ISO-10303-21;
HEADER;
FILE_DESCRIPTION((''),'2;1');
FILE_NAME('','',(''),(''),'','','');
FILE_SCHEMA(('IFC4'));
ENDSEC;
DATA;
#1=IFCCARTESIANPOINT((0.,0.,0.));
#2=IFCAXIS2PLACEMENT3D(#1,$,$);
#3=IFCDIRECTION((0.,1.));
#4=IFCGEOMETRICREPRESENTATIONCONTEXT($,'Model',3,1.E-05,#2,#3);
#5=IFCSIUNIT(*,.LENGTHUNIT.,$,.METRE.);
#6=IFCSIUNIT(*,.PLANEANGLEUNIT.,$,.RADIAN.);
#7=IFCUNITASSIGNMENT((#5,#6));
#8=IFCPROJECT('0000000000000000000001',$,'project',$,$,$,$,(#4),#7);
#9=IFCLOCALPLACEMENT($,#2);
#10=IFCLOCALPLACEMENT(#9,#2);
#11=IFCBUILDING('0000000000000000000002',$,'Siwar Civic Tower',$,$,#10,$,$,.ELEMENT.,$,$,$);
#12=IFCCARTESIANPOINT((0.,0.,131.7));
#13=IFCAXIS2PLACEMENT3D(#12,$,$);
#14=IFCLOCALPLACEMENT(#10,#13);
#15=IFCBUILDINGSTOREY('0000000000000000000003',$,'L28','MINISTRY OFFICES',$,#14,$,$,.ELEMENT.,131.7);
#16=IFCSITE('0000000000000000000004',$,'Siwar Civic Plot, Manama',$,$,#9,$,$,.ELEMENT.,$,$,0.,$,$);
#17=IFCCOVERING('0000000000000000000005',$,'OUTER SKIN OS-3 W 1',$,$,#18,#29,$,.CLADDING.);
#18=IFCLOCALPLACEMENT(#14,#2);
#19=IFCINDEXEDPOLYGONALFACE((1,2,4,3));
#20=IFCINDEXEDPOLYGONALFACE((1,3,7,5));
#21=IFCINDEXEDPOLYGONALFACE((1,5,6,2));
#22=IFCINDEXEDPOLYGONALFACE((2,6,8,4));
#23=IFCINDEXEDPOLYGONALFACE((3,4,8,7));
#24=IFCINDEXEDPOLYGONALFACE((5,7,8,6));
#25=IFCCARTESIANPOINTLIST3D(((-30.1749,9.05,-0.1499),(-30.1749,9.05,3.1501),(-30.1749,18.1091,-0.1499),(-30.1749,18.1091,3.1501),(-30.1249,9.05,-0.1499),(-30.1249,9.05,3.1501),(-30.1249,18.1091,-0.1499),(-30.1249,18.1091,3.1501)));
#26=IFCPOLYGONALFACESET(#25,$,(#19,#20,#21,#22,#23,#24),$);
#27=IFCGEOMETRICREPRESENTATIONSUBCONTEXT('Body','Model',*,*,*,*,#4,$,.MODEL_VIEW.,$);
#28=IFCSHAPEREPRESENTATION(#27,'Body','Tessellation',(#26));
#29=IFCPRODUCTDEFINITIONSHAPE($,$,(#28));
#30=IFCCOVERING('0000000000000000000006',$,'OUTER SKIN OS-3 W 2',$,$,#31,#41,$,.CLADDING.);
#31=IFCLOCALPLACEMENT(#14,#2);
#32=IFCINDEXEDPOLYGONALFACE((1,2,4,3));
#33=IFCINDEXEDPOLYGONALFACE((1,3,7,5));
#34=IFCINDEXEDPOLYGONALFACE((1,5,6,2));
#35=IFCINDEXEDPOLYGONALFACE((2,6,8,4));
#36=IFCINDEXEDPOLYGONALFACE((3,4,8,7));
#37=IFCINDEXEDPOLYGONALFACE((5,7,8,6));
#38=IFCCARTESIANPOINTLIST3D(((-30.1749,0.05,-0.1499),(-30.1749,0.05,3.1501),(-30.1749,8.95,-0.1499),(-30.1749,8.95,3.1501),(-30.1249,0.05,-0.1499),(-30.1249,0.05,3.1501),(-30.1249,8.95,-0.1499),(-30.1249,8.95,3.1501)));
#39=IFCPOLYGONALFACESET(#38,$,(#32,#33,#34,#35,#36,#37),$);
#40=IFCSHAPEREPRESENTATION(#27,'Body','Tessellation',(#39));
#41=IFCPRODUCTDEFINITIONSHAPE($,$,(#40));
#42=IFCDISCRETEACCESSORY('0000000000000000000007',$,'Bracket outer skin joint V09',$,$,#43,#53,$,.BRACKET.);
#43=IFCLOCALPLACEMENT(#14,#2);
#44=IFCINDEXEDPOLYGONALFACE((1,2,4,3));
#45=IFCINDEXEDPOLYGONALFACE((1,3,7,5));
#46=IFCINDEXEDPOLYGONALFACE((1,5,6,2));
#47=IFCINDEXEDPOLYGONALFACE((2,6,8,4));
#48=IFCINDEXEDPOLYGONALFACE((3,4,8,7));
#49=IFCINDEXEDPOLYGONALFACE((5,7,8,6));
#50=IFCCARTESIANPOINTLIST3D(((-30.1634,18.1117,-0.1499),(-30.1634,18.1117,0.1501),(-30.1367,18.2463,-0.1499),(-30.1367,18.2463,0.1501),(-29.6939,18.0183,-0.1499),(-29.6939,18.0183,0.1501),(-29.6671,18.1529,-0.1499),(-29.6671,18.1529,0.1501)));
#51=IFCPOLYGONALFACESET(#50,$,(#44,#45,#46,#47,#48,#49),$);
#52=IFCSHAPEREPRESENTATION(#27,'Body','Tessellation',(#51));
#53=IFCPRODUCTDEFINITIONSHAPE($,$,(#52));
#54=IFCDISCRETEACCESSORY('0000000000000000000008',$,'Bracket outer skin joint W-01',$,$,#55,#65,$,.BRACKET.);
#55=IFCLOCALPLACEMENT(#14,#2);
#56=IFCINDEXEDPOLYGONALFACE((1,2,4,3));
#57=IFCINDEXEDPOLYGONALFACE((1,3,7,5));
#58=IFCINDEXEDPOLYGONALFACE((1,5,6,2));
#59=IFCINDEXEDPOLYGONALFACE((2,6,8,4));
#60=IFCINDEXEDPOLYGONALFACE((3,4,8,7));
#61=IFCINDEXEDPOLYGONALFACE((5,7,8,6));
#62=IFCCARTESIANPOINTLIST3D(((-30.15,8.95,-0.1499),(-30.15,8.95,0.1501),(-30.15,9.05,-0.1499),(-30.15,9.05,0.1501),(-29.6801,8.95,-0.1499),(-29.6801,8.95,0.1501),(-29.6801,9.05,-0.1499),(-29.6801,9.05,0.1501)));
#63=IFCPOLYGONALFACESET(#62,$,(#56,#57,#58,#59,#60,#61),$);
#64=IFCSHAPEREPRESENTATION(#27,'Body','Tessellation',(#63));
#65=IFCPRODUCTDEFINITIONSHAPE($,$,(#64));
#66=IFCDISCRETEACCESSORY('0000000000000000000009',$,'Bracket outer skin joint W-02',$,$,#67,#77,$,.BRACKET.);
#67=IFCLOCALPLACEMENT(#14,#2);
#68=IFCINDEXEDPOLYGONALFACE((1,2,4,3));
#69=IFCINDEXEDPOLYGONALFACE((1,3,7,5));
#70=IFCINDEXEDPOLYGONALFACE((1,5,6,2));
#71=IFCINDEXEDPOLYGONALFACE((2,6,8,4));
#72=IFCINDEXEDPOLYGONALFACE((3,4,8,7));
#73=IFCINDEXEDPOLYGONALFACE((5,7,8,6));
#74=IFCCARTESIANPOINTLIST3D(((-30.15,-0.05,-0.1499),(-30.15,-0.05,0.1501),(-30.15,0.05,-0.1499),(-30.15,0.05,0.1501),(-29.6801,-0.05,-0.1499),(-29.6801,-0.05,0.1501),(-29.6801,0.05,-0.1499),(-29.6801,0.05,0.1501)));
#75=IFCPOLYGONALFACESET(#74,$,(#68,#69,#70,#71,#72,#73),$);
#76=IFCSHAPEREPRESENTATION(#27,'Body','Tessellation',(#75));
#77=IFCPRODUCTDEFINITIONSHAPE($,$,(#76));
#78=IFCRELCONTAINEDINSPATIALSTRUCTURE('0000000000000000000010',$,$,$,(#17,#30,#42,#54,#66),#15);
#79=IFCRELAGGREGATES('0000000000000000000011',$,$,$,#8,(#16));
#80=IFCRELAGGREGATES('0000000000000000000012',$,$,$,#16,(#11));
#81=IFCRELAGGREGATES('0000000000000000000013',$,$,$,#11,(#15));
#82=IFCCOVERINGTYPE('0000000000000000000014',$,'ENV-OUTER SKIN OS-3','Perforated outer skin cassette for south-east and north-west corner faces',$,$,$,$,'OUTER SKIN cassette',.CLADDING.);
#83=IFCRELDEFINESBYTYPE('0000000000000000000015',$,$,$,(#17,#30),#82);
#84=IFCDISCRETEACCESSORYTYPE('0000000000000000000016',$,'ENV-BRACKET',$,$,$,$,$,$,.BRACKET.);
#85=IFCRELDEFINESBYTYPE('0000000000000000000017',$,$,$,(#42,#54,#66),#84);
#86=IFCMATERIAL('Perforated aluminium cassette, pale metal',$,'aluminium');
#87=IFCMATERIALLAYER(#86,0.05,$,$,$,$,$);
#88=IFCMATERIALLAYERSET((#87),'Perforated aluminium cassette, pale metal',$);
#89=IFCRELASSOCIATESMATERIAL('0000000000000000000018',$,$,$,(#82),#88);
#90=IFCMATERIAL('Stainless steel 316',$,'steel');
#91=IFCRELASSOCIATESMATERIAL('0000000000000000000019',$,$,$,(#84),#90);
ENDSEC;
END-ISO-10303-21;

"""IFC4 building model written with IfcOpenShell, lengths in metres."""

from ifc_helpers import new_model, si_unit, direction, frame, origin, origin_2d, place, context, subcontext, project, spatial, rectangle, extrude, material, layer, layer_set, type_object, element, save


model = new_model("IFC4")

# Units and contexts
model_context = context("Model", 3, precision=1e-05, world=origin(), true_north=direction((0.0, 1.0)))
body_context = subcontext(model_context, "Body", "Model", "MODEL_VIEW")
ifc_project = project(units=[si_unit("LENGTHUNIT", "METRE"), si_unit("PLANEANGLEUNIT", "RADIAN")], contexts=[model_context])

# Site, building, storey
site_placement = place(None, origin())
site = spatial("IfcSite", under=ifc_project, at=site_placement, Name="Siwar Civic Plot, Manama", CompositionType="ELEMENT", RefElevation=0.0)
building_placement = place(site_placement, origin())
building = spatial("IfcBuilding", under=site, at=building_placement, Name="Siwar Civic Tower", CompositionType="ELEMENT")
storey_placement = place(building_placement, frame((0.0, 0.0, 131.7)))
storey = spatial("IfcBuildingStorey", under=building, at=storey_placement, Name="L28", Description="MINISTRY OFFICES", CompositionType="ELEMENT", Elevation=131.7)

# Coverings
ifc_material_1 = material(Name="Perforated aluminium cassette, pale metal", Category="aluminium")
ifc_layer_1 = layer(ifc_material_1, 0.05)
ifc_layer_set_1 = layer_set([ifc_layer_1], Name="Perforated aluminium cassette, pale metal")
covering_type = type_object("IfcCoveringType", Name="ENV-OUTER SKIN OS-3", Description="Perforated outer skin cassette for south-east and north-west corner faces", ElementType="OUTER SKIN cassette", PredefinedType="CLADDING", material=ifc_layer_set_1)
covering_1_placement = place(storey_placement, frame((-30.1499, 13.5796, -0.1499), z_axis=(0.0, 0.0, 1.0), x_axis=(0.0, -1.0, 0.0)))
element("IfcCovering", 1, at=covering_1_placement, inside=storey, type_object=covering_type, Name="OUTER SKIN OS-3 W 1", PredefinedType="CLADDING", context=body_context, shape_type="SweptSolid", body=[
    extrude(rectangle(XDim=9.0591, YDim=0.05, at=origin_2d()), origin(), (0.0, 0.0, 1.0), 3.3),
])
covering_2_placement = place(storey_placement, frame((-30.1499, 4.5, -0.1499), z_axis=(0.0, 0.0, 1.0), x_axis=(0.0, -1.0, 0.0)))
element("IfcCovering", 2, at=covering_2_placement, inside=storey, type_object=covering_type, Name="OUTER SKIN OS-3 W 2", PredefinedType="CLADDING", context=body_context, shape_type="SweptSolid", body=[
    extrude(rectangle(XDim=8.8999, YDim=0.05, at=origin_2d()), origin(), (0.0, 0.0, 1.0), 3.3),
])

# Discrete accessories
ifc_material_2 = material(Name="Stainless steel 316", Category="steel")
discrete_accessory_type = type_object("IfcDiscreteAccessoryType", Name="ENV-BRACKET", PredefinedType="BRACKET", material=ifc_material_2)
discrete_accessory_placement = place(storey_placement, frame((-29.9153, 18.1323, -0.1499), z_axis=(0.0, 0.0, 1.0), x_axis=(-0.980785, 0.19509, 0.0)))
element("IfcDiscreteAccessory", 3, at=discrete_accessory_placement, inside=storey, type_object=discrete_accessory_type, Name="Bracket outer skin joint V09", PredefinedType="BRACKET", context=body_context, shape_type="SweptSolid", body=[
    extrude(rectangle(XDim=0.4788, YDim=0.1372, at=origin_2d()), origin(), (0.0, 0.0, 1.0), 0.3),
])
for number, where, z_axis, x_axis, name in (
    (4, (-29.915, 9.0, -0.1499), (0.0, 0.0, 1.0), (-1.0, 0.0, 0.0), "Bracket outer skin joint W-01"),
    (5, (-29.915, 0.0, -0.1499), (0.0, 0.0, 1.0), (-1.0, 0.0, 0.0), "Bracket outer skin joint W-02"),
):
    element("IfcDiscreteAccessory", number, at=place(storey_placement, frame(where, z_axis=z_axis, x_axis=x_axis)), inside=storey, type_object=discrete_accessory_type, Name=name, PredefinedType="BRACKET", context=body_context, shape_type="SweptSolid", body=[
        extrude(rectangle(XDim=0.47, YDim=0.1001, at=origin_2d()), origin(), (0.0, 0.0, 1.0), 0.3),
    ])

save(model, "model.ifc")
